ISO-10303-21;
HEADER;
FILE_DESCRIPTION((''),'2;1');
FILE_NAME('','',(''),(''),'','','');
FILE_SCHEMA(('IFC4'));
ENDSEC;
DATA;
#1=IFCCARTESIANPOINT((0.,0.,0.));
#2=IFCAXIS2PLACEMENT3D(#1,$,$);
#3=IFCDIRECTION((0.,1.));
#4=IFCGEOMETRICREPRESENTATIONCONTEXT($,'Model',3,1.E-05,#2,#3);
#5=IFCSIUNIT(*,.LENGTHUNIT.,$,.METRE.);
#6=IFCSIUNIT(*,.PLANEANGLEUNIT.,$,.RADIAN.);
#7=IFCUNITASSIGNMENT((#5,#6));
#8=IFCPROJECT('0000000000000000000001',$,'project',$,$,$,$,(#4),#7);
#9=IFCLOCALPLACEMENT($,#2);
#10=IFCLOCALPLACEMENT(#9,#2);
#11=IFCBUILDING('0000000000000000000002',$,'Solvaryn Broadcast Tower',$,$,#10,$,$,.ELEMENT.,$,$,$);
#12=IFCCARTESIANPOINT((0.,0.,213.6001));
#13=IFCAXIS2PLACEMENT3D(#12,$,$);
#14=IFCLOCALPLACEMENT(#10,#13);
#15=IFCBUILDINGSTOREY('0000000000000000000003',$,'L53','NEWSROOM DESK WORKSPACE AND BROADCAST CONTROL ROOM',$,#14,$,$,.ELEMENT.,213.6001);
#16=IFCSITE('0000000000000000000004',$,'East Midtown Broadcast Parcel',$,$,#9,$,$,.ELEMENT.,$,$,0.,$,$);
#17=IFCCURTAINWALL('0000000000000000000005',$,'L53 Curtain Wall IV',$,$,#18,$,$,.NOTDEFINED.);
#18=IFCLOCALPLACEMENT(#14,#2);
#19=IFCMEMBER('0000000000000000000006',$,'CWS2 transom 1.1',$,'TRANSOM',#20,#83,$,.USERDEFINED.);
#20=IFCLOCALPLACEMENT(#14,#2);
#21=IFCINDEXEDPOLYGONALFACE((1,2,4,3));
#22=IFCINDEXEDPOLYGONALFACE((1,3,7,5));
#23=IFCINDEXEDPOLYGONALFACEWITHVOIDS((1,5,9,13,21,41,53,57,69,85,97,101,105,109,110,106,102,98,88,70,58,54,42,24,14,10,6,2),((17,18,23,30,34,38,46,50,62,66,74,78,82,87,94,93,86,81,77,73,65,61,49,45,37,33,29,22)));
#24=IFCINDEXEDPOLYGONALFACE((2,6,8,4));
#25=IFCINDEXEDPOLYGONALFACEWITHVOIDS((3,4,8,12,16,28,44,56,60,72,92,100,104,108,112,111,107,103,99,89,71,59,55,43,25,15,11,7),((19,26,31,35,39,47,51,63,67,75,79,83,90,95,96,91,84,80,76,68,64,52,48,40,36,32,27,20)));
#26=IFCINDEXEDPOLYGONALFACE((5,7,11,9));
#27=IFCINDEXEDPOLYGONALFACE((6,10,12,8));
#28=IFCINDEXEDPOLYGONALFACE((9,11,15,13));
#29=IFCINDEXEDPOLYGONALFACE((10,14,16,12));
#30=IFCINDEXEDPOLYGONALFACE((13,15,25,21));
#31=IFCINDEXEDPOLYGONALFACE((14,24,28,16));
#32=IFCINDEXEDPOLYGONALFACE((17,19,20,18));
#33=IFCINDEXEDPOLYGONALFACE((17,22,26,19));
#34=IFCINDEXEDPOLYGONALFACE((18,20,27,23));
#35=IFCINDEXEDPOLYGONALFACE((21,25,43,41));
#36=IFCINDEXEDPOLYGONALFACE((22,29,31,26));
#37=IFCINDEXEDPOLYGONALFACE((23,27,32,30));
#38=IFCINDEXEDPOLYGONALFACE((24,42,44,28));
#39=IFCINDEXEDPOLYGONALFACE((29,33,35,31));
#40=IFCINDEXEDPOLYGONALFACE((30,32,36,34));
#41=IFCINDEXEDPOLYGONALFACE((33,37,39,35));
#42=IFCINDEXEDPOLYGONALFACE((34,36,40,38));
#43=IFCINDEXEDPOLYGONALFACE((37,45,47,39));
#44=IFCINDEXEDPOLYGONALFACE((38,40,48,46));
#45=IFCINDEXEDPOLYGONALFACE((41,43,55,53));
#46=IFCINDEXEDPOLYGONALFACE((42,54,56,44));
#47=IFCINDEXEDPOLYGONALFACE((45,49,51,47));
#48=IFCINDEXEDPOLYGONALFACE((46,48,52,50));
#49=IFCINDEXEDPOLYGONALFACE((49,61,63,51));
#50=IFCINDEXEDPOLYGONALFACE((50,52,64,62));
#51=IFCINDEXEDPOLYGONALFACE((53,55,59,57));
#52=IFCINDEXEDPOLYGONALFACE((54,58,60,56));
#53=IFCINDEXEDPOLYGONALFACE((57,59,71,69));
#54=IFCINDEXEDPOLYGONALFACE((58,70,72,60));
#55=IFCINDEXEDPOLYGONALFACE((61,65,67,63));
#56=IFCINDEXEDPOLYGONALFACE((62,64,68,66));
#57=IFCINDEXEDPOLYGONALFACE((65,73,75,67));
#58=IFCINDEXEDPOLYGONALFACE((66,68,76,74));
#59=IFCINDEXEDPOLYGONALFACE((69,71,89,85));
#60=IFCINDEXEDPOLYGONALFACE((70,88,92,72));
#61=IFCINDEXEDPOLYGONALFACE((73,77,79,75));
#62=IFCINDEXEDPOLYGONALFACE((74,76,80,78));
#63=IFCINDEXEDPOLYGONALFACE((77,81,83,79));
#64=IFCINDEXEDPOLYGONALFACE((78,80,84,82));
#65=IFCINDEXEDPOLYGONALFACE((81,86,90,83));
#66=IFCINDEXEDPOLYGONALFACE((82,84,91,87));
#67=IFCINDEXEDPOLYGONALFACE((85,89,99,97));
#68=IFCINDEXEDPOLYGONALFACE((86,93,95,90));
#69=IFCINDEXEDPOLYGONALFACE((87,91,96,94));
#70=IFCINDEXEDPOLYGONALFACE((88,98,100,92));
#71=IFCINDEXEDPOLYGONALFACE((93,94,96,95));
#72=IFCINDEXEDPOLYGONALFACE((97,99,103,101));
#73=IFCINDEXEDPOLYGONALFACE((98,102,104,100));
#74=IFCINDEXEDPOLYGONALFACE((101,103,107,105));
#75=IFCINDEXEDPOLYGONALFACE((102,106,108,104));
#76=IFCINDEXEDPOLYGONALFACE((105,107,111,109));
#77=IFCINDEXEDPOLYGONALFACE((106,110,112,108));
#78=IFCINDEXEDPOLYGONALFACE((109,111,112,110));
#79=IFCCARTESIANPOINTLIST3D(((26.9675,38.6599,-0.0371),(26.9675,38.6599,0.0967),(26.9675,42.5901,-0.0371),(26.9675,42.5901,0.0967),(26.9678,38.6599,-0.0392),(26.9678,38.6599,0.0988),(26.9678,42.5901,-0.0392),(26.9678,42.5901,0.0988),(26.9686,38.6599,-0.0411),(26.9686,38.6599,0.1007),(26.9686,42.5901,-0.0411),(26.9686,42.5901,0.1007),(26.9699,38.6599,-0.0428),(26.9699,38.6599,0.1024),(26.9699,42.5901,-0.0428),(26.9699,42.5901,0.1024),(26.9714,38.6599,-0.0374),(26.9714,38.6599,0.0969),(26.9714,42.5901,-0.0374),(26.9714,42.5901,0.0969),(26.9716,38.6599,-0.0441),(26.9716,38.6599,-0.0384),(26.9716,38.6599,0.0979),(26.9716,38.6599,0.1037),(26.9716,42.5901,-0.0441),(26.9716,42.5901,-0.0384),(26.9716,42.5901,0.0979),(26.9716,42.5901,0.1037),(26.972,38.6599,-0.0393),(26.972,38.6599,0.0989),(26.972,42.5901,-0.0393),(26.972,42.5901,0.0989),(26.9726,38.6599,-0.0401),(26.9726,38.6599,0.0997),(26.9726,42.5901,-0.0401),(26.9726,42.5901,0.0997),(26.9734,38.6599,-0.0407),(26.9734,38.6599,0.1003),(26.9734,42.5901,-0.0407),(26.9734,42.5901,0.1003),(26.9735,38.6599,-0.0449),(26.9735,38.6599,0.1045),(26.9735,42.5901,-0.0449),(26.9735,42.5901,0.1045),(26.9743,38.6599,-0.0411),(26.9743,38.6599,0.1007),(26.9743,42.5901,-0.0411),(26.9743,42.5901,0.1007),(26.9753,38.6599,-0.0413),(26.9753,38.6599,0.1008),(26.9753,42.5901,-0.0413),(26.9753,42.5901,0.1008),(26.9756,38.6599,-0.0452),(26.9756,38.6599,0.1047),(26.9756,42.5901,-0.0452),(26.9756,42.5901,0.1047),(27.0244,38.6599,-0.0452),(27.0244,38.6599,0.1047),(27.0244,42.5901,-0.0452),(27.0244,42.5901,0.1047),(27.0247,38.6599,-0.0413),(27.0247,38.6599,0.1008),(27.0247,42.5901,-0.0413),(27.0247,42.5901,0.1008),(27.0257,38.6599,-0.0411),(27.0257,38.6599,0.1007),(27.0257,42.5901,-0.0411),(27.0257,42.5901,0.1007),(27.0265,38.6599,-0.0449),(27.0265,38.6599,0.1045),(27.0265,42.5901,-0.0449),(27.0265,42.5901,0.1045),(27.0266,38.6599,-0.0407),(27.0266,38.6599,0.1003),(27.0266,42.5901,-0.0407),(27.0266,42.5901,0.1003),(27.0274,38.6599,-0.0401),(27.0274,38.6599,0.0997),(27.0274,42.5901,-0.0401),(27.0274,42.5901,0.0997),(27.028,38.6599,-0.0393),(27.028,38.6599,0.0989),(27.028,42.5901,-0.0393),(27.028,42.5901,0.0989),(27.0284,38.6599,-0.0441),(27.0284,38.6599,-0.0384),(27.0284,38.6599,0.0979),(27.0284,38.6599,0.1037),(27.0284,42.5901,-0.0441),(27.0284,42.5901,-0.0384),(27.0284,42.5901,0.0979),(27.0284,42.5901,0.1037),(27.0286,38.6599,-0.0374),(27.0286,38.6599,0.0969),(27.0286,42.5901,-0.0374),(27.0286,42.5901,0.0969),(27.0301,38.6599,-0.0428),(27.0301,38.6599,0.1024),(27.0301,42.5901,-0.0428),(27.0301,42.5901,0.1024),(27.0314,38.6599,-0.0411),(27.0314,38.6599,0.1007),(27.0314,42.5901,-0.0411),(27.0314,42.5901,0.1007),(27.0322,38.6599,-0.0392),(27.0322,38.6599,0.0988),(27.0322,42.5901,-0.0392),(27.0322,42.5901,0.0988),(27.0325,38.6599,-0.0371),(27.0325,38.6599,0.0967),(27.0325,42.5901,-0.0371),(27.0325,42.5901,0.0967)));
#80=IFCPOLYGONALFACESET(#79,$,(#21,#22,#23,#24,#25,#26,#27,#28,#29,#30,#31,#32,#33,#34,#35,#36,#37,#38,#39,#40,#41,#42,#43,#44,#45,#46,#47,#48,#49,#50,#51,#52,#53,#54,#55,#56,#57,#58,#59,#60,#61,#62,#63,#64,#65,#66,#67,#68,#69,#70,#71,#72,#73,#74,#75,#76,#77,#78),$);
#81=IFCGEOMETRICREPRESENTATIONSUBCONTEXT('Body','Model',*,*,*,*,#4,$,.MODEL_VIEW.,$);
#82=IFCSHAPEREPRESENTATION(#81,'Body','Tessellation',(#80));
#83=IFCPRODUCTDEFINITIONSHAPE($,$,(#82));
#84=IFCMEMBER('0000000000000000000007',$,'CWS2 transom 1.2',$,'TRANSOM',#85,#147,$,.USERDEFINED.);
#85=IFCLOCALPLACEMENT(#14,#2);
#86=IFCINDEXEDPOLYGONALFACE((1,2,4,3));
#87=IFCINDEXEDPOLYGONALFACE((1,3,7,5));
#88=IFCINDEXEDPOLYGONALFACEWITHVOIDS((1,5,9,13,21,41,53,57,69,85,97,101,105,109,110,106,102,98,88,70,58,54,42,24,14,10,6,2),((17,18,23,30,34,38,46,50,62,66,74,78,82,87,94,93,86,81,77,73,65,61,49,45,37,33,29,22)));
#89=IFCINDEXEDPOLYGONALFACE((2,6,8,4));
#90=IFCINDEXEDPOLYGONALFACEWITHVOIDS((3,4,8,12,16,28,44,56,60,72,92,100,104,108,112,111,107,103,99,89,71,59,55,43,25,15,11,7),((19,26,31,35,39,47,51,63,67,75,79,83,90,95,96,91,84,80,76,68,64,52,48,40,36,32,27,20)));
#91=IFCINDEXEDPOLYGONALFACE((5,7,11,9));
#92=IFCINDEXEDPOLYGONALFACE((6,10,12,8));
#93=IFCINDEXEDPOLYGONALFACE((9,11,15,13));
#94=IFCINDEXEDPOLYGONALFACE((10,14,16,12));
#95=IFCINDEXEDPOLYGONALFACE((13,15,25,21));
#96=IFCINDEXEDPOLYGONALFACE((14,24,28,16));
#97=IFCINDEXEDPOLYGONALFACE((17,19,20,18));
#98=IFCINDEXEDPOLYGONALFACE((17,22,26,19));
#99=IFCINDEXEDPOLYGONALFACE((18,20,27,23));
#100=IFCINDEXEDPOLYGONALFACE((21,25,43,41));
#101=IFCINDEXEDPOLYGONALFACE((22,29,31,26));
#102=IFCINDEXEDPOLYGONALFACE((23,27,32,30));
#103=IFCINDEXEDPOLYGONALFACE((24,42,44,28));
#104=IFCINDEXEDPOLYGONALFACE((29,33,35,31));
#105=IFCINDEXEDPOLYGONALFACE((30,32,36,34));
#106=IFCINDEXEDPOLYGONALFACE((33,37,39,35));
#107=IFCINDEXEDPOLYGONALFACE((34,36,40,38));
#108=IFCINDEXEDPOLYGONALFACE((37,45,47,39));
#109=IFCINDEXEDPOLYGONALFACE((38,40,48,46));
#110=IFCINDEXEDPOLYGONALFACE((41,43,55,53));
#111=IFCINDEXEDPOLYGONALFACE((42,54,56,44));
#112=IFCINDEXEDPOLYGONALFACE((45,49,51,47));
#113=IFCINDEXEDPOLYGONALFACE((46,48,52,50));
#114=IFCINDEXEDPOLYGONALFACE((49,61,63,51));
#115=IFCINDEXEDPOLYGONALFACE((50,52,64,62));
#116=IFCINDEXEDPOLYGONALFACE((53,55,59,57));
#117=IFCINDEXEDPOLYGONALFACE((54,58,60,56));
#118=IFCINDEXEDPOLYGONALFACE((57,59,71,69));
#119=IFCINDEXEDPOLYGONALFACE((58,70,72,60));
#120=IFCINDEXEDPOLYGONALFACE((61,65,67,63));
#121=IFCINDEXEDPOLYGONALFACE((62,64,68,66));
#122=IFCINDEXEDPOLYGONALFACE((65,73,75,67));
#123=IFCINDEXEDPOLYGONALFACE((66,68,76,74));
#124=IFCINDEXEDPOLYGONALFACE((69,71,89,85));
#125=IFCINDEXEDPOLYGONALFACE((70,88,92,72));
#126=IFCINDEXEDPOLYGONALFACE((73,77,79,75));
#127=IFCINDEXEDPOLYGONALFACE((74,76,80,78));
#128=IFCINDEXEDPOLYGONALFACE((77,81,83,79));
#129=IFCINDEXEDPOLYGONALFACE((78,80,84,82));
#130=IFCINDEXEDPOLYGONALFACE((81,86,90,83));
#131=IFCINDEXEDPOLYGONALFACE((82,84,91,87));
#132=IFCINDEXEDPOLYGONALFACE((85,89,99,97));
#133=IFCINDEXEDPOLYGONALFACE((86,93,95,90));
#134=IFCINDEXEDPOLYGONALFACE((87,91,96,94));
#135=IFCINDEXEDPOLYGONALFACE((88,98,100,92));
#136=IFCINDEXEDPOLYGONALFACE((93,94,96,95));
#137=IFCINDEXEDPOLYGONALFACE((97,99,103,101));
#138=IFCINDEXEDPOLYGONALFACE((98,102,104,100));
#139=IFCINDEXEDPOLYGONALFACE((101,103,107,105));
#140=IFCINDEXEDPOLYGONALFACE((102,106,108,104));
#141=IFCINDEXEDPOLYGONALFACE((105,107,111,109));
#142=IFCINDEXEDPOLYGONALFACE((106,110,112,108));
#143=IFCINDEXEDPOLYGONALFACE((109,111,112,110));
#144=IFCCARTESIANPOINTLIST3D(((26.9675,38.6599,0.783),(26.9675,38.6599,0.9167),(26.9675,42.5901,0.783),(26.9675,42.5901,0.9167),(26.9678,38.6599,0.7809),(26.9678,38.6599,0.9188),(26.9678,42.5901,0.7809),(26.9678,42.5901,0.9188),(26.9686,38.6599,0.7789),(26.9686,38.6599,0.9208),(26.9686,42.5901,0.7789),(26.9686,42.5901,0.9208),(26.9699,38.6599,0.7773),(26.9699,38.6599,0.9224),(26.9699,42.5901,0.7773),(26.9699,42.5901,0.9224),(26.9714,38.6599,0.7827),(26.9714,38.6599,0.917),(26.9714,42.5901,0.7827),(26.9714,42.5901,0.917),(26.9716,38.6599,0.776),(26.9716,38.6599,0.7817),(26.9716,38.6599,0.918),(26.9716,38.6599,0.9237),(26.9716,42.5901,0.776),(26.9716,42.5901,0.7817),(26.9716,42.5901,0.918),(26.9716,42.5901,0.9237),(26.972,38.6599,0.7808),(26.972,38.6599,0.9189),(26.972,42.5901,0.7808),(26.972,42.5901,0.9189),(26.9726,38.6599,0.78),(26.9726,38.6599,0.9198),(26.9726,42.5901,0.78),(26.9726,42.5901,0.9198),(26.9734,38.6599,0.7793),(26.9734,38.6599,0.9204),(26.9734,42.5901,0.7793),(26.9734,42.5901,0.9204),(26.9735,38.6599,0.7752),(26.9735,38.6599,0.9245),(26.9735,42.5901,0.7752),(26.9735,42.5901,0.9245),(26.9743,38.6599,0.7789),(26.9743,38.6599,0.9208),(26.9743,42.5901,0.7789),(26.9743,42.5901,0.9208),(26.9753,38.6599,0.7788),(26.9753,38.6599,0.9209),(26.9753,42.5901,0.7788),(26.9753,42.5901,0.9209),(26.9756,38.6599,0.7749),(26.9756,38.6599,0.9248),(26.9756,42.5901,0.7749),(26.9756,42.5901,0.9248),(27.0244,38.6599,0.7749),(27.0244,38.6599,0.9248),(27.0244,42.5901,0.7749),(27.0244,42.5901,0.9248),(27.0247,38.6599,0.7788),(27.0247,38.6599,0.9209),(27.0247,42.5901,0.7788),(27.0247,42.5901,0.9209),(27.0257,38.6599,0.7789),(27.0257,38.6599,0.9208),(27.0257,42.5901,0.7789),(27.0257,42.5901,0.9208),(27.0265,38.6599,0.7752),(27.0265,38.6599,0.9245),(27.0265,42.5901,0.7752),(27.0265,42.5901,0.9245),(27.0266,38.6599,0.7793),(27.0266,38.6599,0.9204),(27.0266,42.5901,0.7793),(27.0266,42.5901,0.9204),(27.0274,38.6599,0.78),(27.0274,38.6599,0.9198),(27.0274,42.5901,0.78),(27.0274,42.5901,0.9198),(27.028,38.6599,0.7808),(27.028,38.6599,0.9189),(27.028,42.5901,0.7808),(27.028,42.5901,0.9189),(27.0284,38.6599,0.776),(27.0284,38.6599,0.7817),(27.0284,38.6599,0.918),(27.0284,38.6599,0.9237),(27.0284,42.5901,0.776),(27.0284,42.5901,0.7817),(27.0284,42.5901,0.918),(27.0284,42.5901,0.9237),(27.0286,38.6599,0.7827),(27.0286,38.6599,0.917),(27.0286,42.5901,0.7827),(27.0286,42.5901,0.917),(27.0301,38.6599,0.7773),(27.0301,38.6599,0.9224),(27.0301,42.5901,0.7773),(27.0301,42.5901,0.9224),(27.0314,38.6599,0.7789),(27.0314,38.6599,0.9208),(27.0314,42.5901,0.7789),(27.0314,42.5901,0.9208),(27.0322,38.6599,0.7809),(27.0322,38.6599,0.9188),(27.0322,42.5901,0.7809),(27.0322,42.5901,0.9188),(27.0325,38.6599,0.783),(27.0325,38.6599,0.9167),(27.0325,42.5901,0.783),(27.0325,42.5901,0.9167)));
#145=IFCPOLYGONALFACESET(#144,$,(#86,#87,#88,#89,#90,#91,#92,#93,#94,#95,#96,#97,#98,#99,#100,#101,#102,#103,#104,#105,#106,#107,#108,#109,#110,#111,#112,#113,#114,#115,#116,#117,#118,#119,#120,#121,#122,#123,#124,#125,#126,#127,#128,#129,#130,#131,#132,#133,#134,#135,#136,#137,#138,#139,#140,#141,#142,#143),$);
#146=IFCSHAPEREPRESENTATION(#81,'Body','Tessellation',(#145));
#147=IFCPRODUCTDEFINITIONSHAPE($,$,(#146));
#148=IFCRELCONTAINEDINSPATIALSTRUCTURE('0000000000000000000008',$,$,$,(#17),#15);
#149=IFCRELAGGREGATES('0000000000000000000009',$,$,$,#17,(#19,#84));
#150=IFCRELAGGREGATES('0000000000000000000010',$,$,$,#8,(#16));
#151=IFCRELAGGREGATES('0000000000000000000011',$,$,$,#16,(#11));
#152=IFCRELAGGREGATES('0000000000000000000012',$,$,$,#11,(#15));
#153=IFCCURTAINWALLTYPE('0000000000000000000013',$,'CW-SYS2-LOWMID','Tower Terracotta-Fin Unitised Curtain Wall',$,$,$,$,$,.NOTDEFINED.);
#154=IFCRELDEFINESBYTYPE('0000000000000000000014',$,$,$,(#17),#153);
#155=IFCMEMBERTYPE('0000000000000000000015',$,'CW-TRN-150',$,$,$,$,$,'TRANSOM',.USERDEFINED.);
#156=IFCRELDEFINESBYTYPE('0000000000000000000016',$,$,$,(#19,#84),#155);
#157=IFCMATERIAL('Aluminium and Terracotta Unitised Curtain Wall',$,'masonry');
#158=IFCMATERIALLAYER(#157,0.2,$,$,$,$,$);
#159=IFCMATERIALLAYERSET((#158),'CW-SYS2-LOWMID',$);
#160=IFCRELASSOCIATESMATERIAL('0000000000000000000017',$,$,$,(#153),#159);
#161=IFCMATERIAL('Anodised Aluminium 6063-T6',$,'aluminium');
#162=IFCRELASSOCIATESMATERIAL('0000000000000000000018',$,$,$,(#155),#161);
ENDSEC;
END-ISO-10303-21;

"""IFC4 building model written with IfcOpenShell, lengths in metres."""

from ifc_helpers import new_model, si_unit, direction, frame, origin, origin_2d, place, context, subcontext, project, spatial, hollow_rectangle, extrude, material, layer, layer_set, material_profile, profile_set, type_object, element, aggregate, save


model = new_model("IFC4")

# Units and contexts
model_context = context("Model", 3, precision=1e-05, world=origin(), true_north=direction((0.0, 1.0)))
body_context = subcontext(model_context, "Body", "Model", "MODEL_VIEW")
ifc_project = project(units=[si_unit("LENGTHUNIT", "METRE"), si_unit("PLANEANGLEUNIT", "RADIAN")], contexts=[model_context])

# Site, building, storey
site_placement = place(None, origin())
site = spatial("IfcSite", under=ifc_project, at=site_placement, Name="East Midtown Broadcast Parcel", CompositionType="ELEMENT", RefElevation=0.0)
building_placement = place(site_placement, origin())
building = spatial("IfcBuilding", under=site, at=building_placement, Name="Solvaryn Broadcast Tower", CompositionType="ELEMENT")
storey_placement = place(building_placement, frame((0.0, 0.0, 213.6001)))
storey = spatial("IfcBuildingStorey", under=building, at=storey_placement, Name="L53", Description="NEWSROOM DESK WORKSPACE AND BROADCAST CONTROL ROOM", CompositionType="ELEMENT", Elevation=213.6001)

# Curtain wall
ifc_material_1 = material(Name="Aluminium and Terracotta Unitised Curtain Wall", Category="masonry")
ifc_layer_1 = layer(ifc_material_1, 0.2)
ifc_layer_set_1 = layer_set([ifc_layer_1], Name="CW-SYS2-LOWMID")
curtain_wall_type = type_object("IfcCurtainWallType", Name="CW-SYS2-LOWMID", Description="Tower Terracotta-Fin Unitised Curtain Wall", PredefinedType="NOTDEFINED", material=ifc_layer_set_1)
curtain_wall_1_placement = place(storey_placement, origin())
curtain_wall_1 = element("IfcCurtainWall", 1, at=curtain_wall_1_placement, inside=storey, type_object=curtain_wall_type, Name="L53 Curtain Wall IV", PredefinedType="NOTDEFINED")

# Members
ifc_material_2 = material(Name="Anodised Aluminium 6063-T6", Category="aluminium")
ifc_material_profile_1 = material_profile(ifc_material_2, hollow_rectangle(XDim=0.0649, YDim=0.1499, WallThickness=0.0039, InnerFilletRadius=0.0039, OuterFilletRadius=0.0081, at=origin_2d()))
ifc_profile_set_1 = profile_set([ifc_material_profile_1], Name="Anodised Aluminium 6063-T6")
member_type_1 = type_object("IfcMemberType", Name="CW-TRN-150", ElementType="TRANSOM", PredefinedType="USERDEFINED", material=ifc_profile_set_1)
member_1_placement = place(storey_placement, frame((27.0, 42.5901, 0.0298), z_axis=(0.0, -1.0, 0.0), x_axis=(1.0, 0.0, 0.0)))
member_1 = element("IfcMember", 2, at=member_1_placement, type_object=member_type_1, Name="CWS2 transom 1.1", ObjectType="TRANSOM", PredefinedType="USERDEFINED", context=body_context, shape_type="SweptSolid", body=[
    extrude(hollow_rectangle(XDim=0.0649, YDim=0.1499, WallThickness=0.0039, InnerFilletRadius=0.0039, OuterFilletRadius=0.0081, at=origin_2d()), origin(), (0.0, 0.0, 1.0), 3.9302),
])
member_2_placement = place(storey_placement, frame((27.0, 42.5901, 0.8499), z_axis=(0.0, -1.0, 0.0), x_axis=(1.0, 0.0, 0.0)))
member_2 = element("IfcMember", 3, at=member_2_placement, type_object=member_type_1, Name="CWS2 transom 1.2", ObjectType="TRANSOM", PredefinedType="USERDEFINED", context=body_context, shape_type="SweptSolid", body=[
    extrude(hollow_rectangle(XDim=0.0649, YDim=0.1499, WallThickness=0.0039, InnerFilletRadius=0.0039, OuterFilletRadius=0.0081, at=origin_2d()), origin(), (0.0, 0.0, 1.0), 3.9302),
])

aggregate(curtain_wall_1, [member_1, member_2])

save(model, "model.ifc")
